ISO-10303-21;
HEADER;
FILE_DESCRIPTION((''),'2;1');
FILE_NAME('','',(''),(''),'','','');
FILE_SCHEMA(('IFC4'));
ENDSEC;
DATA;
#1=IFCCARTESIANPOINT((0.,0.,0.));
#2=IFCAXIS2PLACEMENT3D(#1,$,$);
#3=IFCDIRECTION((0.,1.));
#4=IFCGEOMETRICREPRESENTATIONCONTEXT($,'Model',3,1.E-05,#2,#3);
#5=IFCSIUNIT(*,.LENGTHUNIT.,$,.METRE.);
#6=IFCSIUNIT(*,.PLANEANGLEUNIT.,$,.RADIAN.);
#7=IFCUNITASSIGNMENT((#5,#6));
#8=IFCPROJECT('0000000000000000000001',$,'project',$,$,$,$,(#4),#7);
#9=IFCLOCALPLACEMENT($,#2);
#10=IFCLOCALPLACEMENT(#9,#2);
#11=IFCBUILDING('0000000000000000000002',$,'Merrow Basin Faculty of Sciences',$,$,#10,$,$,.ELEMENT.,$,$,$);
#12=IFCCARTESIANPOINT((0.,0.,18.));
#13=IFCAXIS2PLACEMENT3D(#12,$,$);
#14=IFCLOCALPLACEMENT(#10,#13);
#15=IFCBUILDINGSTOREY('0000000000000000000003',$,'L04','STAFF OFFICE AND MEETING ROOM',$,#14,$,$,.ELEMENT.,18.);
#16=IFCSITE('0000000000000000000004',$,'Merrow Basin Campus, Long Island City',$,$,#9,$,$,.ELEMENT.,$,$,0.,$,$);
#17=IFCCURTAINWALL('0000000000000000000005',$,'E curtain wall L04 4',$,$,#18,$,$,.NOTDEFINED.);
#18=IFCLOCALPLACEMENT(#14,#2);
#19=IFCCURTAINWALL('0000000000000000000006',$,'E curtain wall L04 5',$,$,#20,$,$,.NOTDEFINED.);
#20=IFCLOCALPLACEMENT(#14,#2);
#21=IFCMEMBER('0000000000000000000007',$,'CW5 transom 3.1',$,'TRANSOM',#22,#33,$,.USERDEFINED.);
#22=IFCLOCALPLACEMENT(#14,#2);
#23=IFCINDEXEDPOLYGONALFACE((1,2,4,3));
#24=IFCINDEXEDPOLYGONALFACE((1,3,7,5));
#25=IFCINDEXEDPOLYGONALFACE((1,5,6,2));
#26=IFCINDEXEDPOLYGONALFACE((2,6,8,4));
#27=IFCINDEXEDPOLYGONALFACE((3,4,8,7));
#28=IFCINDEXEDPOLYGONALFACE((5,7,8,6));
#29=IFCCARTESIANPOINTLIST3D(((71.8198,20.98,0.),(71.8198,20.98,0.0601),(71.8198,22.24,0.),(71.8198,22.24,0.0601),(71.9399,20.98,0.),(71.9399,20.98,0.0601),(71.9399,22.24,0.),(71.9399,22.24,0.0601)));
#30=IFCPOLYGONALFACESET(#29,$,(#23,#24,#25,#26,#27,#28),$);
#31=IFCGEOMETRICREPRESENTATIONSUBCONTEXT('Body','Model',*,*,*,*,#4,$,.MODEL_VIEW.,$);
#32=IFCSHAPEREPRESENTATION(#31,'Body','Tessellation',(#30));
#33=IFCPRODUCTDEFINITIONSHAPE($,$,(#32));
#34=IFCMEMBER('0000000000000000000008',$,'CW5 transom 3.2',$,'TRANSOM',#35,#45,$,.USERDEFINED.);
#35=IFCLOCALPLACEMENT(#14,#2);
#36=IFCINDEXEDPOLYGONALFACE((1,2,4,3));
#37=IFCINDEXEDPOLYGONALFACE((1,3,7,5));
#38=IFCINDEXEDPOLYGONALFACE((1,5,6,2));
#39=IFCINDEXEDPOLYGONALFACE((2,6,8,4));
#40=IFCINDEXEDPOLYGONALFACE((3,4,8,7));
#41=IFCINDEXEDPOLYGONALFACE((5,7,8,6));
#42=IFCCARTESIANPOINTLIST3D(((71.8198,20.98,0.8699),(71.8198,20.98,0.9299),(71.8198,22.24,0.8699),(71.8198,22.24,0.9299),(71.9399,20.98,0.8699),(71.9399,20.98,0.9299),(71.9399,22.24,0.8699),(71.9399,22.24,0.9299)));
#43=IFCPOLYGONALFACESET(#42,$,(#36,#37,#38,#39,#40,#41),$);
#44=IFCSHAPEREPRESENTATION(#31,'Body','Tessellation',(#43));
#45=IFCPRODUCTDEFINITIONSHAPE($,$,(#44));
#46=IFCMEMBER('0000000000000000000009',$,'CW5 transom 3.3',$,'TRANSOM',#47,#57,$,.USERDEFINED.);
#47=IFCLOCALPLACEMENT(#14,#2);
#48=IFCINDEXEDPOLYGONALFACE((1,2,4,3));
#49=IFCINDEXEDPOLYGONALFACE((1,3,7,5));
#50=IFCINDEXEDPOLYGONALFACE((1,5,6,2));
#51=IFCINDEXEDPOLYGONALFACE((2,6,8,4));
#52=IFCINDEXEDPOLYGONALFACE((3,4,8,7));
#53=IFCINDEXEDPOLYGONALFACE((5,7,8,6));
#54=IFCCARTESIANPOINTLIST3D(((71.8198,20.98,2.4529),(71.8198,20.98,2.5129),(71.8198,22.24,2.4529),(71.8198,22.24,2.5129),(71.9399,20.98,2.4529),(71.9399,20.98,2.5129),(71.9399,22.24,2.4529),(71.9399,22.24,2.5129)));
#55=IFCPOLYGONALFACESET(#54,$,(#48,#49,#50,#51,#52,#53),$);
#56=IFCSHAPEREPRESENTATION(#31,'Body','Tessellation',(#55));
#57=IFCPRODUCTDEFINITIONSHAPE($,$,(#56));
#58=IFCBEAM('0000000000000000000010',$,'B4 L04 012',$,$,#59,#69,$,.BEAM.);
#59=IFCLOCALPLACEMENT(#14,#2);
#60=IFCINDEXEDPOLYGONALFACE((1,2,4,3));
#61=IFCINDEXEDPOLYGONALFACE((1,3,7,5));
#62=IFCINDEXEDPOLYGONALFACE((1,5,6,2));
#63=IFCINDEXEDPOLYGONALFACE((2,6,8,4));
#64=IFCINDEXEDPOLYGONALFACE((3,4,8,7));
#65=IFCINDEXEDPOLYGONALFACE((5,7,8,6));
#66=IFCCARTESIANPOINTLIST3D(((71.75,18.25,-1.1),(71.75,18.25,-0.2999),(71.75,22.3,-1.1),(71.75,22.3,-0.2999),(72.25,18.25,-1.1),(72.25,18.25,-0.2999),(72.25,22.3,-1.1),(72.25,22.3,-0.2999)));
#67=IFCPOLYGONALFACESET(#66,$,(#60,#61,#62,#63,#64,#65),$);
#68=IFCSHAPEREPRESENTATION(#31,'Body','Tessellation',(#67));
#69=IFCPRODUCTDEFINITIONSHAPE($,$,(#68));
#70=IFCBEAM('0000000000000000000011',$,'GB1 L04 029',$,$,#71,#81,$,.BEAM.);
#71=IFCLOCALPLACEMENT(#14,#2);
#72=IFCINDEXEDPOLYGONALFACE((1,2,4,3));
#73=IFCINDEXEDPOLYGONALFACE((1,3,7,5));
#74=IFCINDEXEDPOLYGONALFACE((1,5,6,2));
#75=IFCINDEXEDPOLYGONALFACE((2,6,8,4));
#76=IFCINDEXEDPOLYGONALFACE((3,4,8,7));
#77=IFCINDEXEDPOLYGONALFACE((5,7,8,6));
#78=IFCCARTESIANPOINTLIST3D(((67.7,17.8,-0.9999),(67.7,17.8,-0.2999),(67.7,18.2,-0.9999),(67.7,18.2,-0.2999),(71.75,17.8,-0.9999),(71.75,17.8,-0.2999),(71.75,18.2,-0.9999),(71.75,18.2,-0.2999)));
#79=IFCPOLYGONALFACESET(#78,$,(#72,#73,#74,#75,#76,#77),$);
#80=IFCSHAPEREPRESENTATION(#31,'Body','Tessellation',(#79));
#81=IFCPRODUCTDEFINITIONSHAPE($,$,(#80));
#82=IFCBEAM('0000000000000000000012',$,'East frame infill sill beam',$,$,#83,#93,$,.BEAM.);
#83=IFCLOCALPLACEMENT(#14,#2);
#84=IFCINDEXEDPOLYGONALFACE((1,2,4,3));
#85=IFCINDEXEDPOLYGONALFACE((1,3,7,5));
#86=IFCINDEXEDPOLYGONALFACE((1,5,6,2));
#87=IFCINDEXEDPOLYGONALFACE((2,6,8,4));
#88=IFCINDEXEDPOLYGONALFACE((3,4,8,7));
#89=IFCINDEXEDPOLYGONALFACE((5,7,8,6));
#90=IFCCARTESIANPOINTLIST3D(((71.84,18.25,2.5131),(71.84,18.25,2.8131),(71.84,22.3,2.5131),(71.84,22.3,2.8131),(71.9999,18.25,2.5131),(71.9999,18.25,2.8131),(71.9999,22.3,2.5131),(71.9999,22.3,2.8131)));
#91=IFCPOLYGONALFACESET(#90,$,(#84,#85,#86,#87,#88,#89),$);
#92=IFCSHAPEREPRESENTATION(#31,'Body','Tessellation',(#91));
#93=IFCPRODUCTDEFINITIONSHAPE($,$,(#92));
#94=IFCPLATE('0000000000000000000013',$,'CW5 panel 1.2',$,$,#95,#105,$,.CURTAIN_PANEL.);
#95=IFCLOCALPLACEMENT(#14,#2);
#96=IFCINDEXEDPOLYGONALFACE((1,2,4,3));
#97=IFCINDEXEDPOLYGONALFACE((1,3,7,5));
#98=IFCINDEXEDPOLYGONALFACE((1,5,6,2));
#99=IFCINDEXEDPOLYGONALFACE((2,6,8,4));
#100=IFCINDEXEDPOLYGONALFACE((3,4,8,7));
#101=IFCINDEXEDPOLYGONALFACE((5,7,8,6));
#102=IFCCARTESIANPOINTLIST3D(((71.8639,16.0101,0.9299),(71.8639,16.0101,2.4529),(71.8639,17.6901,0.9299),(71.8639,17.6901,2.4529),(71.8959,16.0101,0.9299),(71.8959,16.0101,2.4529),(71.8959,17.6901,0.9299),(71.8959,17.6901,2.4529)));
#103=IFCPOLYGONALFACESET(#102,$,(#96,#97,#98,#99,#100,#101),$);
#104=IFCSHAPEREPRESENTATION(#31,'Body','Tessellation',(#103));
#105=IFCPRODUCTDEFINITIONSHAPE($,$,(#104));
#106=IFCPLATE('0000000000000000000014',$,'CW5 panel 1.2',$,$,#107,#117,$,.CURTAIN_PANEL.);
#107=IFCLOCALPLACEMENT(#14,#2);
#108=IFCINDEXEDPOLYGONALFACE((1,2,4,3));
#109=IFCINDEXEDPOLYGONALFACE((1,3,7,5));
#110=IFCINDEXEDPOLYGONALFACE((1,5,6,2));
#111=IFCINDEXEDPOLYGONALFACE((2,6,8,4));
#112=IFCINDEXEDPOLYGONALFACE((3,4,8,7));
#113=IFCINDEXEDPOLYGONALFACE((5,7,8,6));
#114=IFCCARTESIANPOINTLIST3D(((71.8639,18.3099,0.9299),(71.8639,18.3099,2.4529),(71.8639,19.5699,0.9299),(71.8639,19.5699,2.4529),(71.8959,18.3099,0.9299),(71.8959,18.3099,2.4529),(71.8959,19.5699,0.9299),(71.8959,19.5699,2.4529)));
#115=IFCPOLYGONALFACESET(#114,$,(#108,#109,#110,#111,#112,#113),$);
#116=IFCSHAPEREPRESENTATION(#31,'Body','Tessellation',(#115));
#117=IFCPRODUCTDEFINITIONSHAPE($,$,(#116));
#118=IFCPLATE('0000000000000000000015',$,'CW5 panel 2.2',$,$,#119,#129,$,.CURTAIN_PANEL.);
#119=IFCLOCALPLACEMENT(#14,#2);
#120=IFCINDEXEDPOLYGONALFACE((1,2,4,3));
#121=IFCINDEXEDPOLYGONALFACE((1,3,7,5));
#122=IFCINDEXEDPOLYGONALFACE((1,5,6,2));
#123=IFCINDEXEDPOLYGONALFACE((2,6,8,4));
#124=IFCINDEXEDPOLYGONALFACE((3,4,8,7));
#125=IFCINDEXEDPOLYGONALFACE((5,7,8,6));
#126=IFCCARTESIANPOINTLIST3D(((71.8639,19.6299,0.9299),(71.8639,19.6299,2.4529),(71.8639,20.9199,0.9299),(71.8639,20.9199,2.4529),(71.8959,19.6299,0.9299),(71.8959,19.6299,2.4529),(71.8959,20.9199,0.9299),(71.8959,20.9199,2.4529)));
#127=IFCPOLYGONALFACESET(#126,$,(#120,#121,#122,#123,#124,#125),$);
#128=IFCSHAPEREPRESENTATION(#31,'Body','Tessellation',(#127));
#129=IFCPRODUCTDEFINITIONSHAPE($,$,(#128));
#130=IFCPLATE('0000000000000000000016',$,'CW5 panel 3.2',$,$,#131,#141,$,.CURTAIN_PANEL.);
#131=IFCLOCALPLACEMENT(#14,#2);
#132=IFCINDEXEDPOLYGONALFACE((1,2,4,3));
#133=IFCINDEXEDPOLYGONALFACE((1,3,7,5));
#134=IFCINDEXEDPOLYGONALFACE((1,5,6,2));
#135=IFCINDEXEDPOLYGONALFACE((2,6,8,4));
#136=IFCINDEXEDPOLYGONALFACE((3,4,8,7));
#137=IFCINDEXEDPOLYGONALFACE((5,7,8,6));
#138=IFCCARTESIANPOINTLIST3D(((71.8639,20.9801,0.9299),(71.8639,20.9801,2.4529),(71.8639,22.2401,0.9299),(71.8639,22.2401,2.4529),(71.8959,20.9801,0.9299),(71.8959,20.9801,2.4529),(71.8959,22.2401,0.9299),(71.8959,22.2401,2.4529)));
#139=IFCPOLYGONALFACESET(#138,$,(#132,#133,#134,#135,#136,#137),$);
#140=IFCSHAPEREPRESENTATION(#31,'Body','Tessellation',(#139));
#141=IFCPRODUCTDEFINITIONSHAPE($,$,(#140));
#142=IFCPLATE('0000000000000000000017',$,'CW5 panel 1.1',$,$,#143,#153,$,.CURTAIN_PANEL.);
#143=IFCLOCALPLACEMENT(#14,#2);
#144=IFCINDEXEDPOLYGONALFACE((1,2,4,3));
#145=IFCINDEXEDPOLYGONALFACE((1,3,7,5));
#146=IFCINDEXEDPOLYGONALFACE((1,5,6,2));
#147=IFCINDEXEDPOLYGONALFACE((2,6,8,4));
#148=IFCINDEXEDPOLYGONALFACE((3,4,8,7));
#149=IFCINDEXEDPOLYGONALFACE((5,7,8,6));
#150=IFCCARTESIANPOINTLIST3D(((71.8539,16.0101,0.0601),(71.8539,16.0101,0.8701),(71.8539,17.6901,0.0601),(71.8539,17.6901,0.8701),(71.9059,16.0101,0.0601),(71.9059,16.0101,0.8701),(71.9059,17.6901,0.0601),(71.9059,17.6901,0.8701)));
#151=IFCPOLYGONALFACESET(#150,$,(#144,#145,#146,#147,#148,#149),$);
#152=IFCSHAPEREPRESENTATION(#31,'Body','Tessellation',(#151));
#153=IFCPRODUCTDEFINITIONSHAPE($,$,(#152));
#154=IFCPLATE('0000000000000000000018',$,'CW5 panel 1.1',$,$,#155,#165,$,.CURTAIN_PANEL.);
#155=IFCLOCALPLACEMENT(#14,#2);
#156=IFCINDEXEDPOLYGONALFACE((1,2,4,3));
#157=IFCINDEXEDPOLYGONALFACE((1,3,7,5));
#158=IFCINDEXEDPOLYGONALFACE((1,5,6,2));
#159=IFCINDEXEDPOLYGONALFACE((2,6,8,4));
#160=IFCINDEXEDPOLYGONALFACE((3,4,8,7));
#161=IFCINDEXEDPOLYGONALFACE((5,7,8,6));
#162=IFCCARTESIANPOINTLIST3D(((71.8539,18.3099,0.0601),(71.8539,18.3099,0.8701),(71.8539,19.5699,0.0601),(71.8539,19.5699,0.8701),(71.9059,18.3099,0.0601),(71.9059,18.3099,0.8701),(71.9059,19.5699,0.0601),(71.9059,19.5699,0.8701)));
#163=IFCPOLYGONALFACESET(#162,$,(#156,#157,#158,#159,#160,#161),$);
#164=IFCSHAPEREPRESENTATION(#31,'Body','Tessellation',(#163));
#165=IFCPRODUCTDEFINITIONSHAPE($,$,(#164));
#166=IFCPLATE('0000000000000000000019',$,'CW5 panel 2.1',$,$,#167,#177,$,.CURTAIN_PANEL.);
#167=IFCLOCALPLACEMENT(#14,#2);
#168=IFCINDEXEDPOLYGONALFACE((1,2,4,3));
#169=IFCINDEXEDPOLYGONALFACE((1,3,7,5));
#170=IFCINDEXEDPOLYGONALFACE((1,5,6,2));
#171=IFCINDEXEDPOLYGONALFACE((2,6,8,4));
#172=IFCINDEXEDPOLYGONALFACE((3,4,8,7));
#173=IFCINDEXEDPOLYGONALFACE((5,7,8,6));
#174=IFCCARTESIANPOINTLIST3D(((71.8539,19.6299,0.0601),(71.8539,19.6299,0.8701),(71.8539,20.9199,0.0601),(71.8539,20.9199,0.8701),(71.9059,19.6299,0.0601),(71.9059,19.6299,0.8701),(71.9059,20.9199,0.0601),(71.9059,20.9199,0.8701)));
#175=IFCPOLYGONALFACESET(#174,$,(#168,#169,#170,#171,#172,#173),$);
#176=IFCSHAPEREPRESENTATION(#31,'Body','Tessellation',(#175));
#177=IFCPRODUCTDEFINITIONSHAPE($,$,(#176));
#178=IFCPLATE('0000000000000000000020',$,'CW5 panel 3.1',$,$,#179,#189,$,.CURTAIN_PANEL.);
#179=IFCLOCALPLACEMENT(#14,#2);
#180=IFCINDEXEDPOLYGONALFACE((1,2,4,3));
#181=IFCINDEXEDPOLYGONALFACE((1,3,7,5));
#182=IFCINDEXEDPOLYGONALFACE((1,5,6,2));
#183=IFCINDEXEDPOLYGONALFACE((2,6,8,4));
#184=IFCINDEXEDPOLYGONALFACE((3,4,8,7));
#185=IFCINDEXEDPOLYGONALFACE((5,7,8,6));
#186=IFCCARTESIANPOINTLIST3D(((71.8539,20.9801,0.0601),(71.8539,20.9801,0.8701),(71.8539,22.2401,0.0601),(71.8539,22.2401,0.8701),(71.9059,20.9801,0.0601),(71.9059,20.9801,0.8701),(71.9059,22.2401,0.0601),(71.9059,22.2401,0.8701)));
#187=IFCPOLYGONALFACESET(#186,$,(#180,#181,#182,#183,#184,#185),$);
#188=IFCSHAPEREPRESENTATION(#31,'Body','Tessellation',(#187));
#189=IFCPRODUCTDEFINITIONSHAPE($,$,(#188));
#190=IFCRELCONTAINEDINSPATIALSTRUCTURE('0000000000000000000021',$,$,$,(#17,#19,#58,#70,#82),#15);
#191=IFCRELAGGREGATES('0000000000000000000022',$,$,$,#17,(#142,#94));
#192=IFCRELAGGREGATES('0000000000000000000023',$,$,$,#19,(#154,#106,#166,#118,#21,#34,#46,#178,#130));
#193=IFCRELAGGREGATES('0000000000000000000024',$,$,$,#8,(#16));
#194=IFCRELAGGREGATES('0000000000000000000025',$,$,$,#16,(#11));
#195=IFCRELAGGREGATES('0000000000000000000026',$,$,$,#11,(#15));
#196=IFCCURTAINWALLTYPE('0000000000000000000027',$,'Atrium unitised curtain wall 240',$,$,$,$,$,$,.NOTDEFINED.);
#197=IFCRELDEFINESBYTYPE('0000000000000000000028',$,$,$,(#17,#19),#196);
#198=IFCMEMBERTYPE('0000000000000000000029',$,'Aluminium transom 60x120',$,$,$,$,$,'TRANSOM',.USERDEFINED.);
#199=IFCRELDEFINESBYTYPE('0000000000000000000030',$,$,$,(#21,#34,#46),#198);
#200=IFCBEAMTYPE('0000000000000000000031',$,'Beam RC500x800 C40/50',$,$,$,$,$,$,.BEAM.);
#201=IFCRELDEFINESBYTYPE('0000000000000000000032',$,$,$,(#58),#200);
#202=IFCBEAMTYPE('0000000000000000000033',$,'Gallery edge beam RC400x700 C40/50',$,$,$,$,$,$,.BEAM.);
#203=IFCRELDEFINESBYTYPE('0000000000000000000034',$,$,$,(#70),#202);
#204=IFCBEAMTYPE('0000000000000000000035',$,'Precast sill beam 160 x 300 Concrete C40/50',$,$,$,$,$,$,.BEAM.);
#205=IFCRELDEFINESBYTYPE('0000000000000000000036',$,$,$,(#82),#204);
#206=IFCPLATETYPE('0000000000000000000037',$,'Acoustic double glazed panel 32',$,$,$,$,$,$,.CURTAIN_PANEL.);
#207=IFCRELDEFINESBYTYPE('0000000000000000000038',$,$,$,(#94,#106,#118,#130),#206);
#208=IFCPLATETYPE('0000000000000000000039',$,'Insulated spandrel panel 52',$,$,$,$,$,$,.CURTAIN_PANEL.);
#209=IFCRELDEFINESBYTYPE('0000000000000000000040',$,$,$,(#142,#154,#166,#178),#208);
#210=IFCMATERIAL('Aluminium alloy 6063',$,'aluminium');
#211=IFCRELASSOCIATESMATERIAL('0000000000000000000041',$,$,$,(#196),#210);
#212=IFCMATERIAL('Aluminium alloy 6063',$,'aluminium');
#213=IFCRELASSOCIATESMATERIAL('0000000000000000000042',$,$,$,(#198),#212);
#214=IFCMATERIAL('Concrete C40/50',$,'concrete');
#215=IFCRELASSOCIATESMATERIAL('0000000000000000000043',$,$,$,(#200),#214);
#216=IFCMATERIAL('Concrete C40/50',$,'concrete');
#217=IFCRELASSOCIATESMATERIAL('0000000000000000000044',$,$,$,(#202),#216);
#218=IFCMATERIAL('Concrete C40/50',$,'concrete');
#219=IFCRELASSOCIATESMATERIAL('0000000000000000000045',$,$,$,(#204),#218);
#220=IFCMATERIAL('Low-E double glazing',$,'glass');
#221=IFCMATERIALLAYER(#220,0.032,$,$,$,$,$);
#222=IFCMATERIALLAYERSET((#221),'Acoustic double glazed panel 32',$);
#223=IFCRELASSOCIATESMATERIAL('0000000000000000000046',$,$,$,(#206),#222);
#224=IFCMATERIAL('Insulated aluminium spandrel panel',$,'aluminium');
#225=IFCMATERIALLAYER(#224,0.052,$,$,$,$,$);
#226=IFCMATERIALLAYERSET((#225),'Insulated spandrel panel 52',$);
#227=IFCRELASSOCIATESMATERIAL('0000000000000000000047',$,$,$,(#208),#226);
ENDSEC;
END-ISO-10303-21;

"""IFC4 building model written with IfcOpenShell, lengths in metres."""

from ifc_helpers import new_model, si_unit, direction, frame, origin, origin_2d, place, context, subcontext, project, spatial, rectangle, extrude, material, layer, layer_set, material_profile, profile_set, type_object, element, aggregate, save


model = new_model("IFC4")

# Units and contexts
model_context = context("Model", 3, precision=1e-05, world=origin(), true_north=direction((0.0, 1.0)))
body_context = subcontext(model_context, "Body", "Model", "MODEL_VIEW")
ifc_project = project(units=[si_unit("LENGTHUNIT", "METRE"), si_unit("PLANEANGLEUNIT", "RADIAN")], contexts=[model_context])

# Site, building, storey
site_placement = place(None, origin())
site = spatial("IfcSite", under=ifc_project, at=site_placement, Name="Merrow Basin Campus, Long Island City", CompositionType="ELEMENT", RefElevation=0.0)
building_placement = place(site_placement, origin())
building = spatial("IfcBuilding", under=site, at=building_placement, Name="Merrow Basin Faculty of Sciences", CompositionType="ELEMENT")
storey_placement = place(building_placement, frame((0.0, 0.0, 18.0)))
storey = spatial("IfcBuildingStorey", under=building, at=storey_placement, Name="L04", Description="STAFF OFFICE AND MEETING ROOM", CompositionType="ELEMENT", Elevation=18.0)

# Curtain wall
ifc_material_1 = material(Name="Aluminium alloy 6063", Category="aluminium")
curtain_wall_type = type_object("IfcCurtainWallType", Name="Atrium unitised curtain wall 240", PredefinedType="NOTDEFINED", material=ifc_material_1)
curtain_wall_1_placement = place(storey_placement, origin())
curtain_wall_1 = element("IfcCurtainWall", 1, at=curtain_wall_1_placement, inside=storey, type_object=curtain_wall_type, Name="E curtain wall L04 4", PredefinedType="NOTDEFINED")

# Curtain wall
curtain_wall_2_placement = place(storey_placement, origin())
curtain_wall_2 = element("IfcCurtainWall", 2, at=curtain_wall_2_placement, inside=storey, type_object=curtain_wall_type, Name="E curtain wall L04 5", PredefinedType="NOTDEFINED")

# Members
ifc_material_2 = material(Name="Aluminium alloy 6063", Category="aluminium")
ifc_material_profile_1 = material_profile(ifc_material_2, rectangle(XDim=0.1201, YDim=0.0601, at=origin_2d()))
ifc_profile_set_1 = profile_set([ifc_material_profile_1], Name="Aluminium alloy 6063")
member_type_1 = type_object("IfcMemberType", Name="Aluminium transom 60x120", ElementType="TRANSOM", PredefinedType="USERDEFINED", material=ifc_profile_set_1)
member_1_placement = place(storey_placement, frame((71.8799, 20.98, 0.03), z_axis=(0.0, 1.0, 0.0), x_axis=(-1.0, 0.0, 0.0)))
member_1 = element("IfcMember", 3, at=member_1_placement, type_object=member_type_1, Name="CW5 transom 3.1", ObjectType="TRANSOM", PredefinedType="USERDEFINED", context=body_context, shape_type="SweptSolid", body=[
    extrude(rectangle(XDim=0.1201, YDim=0.0601, at=origin_2d()), origin(), (0.0, 0.0, 1.0), 1.26),
])
member_2_placement = place(storey_placement, frame((71.8799, 20.98, 0.8999), z_axis=(0.0, 1.0, 0.0), x_axis=(-1.0, 0.0, 0.0)))
member_2 = element("IfcMember", 4, at=member_2_placement, type_object=member_type_1, Name="CW5 transom 3.2", ObjectType="TRANSOM", PredefinedType="USERDEFINED", context=body_context, shape_type="SweptSolid", body=[
    extrude(rectangle(XDim=0.1201, YDim=0.0601, at=origin_2d()), origin(), (0.0, 0.0, 1.0), 1.26),
])
member_3_placement = place(storey_placement, frame((71.8799, 20.98, 2.4829), z_axis=(0.0, 1.0, 0.0), x_axis=(-1.0, 0.0, 0.0)))
member_3 = element("IfcMember", 5, at=member_3_placement, type_object=member_type_1, Name="CW5 transom 3.3", ObjectType="TRANSOM", PredefinedType="USERDEFINED", context=body_context, shape_type="SweptSolid", body=[
    extrude(rectangle(XDim=0.1201, YDim=0.0601, at=origin_2d()), origin(), (0.0, 0.0, 1.0), 1.26),
])

# Beams
ifc_material_3 = material(Name="Concrete C40/50", Category="concrete")
ifc_material_profile_2 = material_profile(ifc_material_3, rectangle(XDim=0.5, YDim=0.8, at=origin_2d()))
ifc_profile_set_2 = profile_set([ifc_material_profile_2], Name="Concrete C40/50")
beam_type_1 = type_object("IfcBeamType", Name="Beam RC500x800 C40/50", PredefinedType="BEAM", material=ifc_profile_set_2)
beam_1_placement = place(storey_placement, frame((72.0, 18.25, -0.7), z_axis=(0.0, 1.0, 0.0), x_axis=(-1.0, 0.0, 0.0)))
element("IfcBeam", 6, at=beam_1_placement, inside=storey, type_object=beam_type_1, Name="B4 L04 012", PredefinedType="BEAM", context=body_context, shape_type="SweptSolid", body=[
    extrude(rectangle(XDim=0.5, YDim=0.8, at=origin_2d()), origin(), (0.0, 0.0, 1.0), 4.05),
])
ifc_material_4 = material(Name="Concrete C40/50", Category="concrete")
ifc_material_profile_3 = material_profile(ifc_material_4, rectangle(XDim=0.3999, YDim=0.7, at=origin_2d()))
ifc_profile_set_3 = profile_set([ifc_material_profile_3], Name="Concrete C40/50")
beam_type_2 = type_object("IfcBeamType", Name="Gallery edge beam RC400x700 C40/50", PredefinedType="BEAM", material=ifc_profile_set_3)
beam_2_placement = place(storey_placement, frame((67.7, 18.0, -0.6499), z_axis=(1.0, 0.0, 0.0), x_axis=(0.0, 1.0, 0.0)))
element("IfcBeam", 7, at=beam_2_placement, inside=storey, type_object=beam_type_2, Name="GB1 L04 029", PredefinedType="BEAM", context=body_context, shape_type="SweptSolid", body=[
    extrude(rectangle(XDim=0.3999, YDim=0.7, at=origin_2d()), origin(), (0.0, 0.0, 1.0), 4.05),
])
ifc_material_5 = material(Name="Concrete C40/50", Category="concrete")
ifc_material_profile_4 = material_profile(ifc_material_5, rectangle(XDim=0.1599, YDim=0.3, at=origin_2d()))
ifc_profile_set_4 = profile_set([ifc_material_profile_4], Name="Concrete C40/50")
beam_type_3 = type_object("IfcBeamType", Name="Precast sill beam 160 x 300 Concrete C40/50", PredefinedType="BEAM", material=ifc_profile_set_4)
beam_3_placement = place(storey_placement, frame((71.9199, 18.25, 2.6631), z_axis=(0.0, 1.0, 0.0), x_axis=(-1.0, 0.0, 0.0)))
element("IfcBeam", 8, at=beam_3_placement, inside=storey, type_object=beam_type_3, Name="East frame infill sill beam", PredefinedType="BEAM", context=body_context, shape_type="SweptSolid", body=[
    extrude(rectangle(XDim=0.1599, YDim=0.3, at=origin_2d()), origin(), (0.0, 0.0, 1.0), 4.05),
])

# Plates
ifc_material_6 = material(Name="Low-E double glazing", Category="glass")
ifc_layer_1 = layer(ifc_material_6, 0.032)
ifc_layer_set_1 = layer_set([ifc_layer_1], Name="Acoustic double glazed panel 32")
plate_type_1 = type_object("IfcPlateType", Name="Acoustic double glazed panel 32", PredefinedType="CURTAIN_PANEL", material=ifc_layer_set_1)
plate_1_placement = place(storey_placement, frame((71.8799, 16.8501, 0.9299), z_axis=(0.0, 0.0, 1.0), x_axis=(0.0, 1.0, 0.0)))
plate_1 = element("IfcPlate", 9, at=plate_1_placement, type_object=plate_type_1, Name="CW5 panel 1.2", PredefinedType="CURTAIN_PANEL", context=body_context, shape_type="SweptSolid", body=[
    extrude(rectangle(XDim=1.6799, YDim=0.032, at=origin_2d()), origin(), (0.0, 0.0, 1.0), 1.5229),
])
plate_2_placement = place(storey_placement, frame((71.8799, 18.9399, 0.9299), z_axis=(0.0, 0.0, 1.0), x_axis=(0.0, 1.0, 0.0)))
plate_2 = element("IfcPlate", 10, at=plate_2_placement, type_object=plate_type_1, Name="CW5 panel 1.2", PredefinedType="CURTAIN_PANEL", context=body_context, shape_type="SweptSolid", body=[
    extrude(rectangle(XDim=1.26, YDim=0.032, at=origin_2d()), origin(), (0.0, 0.0, 1.0), 1.5229),
])
plate_3_placement = place(storey_placement, frame((71.8799, 20.2749, 0.9299), z_axis=(0.0, 0.0, 1.0), x_axis=(0.0, 1.0, 0.0)))
plate_3 = element("IfcPlate", 11, at=plate_3_placement, type_object=plate_type_1, Name="CW5 panel 2.2", PredefinedType="CURTAIN_PANEL", context=body_context, shape_type="SweptSolid", body=[
    extrude(rectangle(XDim=1.29, YDim=0.032, at=origin_2d()), origin(), (0.0, 0.0, 1.0), 1.5229),
])
plate_4_placement = place(storey_placement, frame((71.8799, 21.6101, 0.9299), z_axis=(0.0, 0.0, 1.0), x_axis=(0.0, 1.0, 0.0)))
plate_4 = element("IfcPlate", 12, at=plate_4_placement, type_object=plate_type_1, Name="CW5 panel 3.2", PredefinedType="CURTAIN_PANEL", context=body_context, shape_type="SweptSolid", body=[
    extrude(rectangle(XDim=1.26, YDim=0.032, at=origin_2d()), origin(), (0.0, 0.0, 1.0), 1.5229),
])
ifc_material_7 = material(Name="Insulated aluminium spandrel panel", Category="aluminium")
ifc_layer_2 = layer(ifc_material_7, 0.052)
ifc_layer_set_2 = layer_set([ifc_layer_2], Name="Insulated spandrel panel 52")
plate_type_2 = type_object("IfcPlateType", Name="Insulated spandrel panel 52", PredefinedType="CURTAIN_PANEL", material=ifc_layer_set_2)
plate_5_placement = place(storey_placement, frame((71.8799, 16.8501, 0.0601), z_axis=(0.0, 0.0, 1.0), x_axis=(0.0, 1.0, 0.0)))
plate_5 = element("IfcPlate", 13, at=plate_5_placement, type_object=plate_type_2, Name="CW5 panel 1.1", PredefinedType="CURTAIN_PANEL", context=body_context, shape_type="SweptSolid", body=[
    extrude(rectangle(XDim=1.6799, YDim=0.052, at=origin_2d()), origin(), (0.0, 0.0, 1.0), 0.8101),
])
aggregate(curtain_wall_1, [plate_5, plate_1])
plate_6_placement = place(storey_placement, frame((71.8799, 18.9399, 0.0601), z_axis=(0.0, 0.0, 1.0), x_axis=(0.0, 1.0, 0.0)))
plate_6 = element("IfcPlate", 14, at=plate_6_placement, type_object=plate_type_2, Name="CW5 panel 1.1", PredefinedType="CURTAIN_PANEL", context=body_context, shape_type="SweptSolid", body=[
    extrude(rectangle(XDim=1.26, YDim=0.052, at=origin_2d()), origin(), (0.0, 0.0, 1.0), 0.8101),
])
plate_7_placement = place(storey_placement, frame((71.8799, 20.2749, 0.0601), z_axis=(0.0, 0.0, 1.0), x_axis=(0.0, 1.0, 0.0)))
plate_7 = element("IfcPlate", 15, at=plate_7_placement, type_object=plate_type_2, Name="CW5 panel 2.1", PredefinedType="CURTAIN_PANEL", context=body_context, shape_type="SweptSolid", body=[
    extrude(rectangle(XDim=1.29, YDim=0.052, at=origin_2d()), origin(), (0.0, 0.0, 1.0), 0.8101),
])
plate_8_placement = place(storey_placement, frame((71.8799, 21.6101, 0.0601), z_axis=(0.0, 0.0, 1.0), x_axis=(0.0, 1.0, 0.0)))
plate_8 = element("IfcPlate", 16, at=plate_8_placement, type_object=plate_type_2, Name="CW5 panel 3.1", PredefinedType="CURTAIN_PANEL", context=body_context, shape_type="SweptSolid", body=[
    extrude(rectangle(XDim=1.26, YDim=0.052, at=origin_2d()), origin(), (0.0, 0.0, 1.0), 0.8101),
])
aggregate(curtain_wall_2, [plate_6, plate_2, plate_7, plate_3, member_1, member_2, member_3, plate_8, plate_4])

save(model, "model.ifc")
